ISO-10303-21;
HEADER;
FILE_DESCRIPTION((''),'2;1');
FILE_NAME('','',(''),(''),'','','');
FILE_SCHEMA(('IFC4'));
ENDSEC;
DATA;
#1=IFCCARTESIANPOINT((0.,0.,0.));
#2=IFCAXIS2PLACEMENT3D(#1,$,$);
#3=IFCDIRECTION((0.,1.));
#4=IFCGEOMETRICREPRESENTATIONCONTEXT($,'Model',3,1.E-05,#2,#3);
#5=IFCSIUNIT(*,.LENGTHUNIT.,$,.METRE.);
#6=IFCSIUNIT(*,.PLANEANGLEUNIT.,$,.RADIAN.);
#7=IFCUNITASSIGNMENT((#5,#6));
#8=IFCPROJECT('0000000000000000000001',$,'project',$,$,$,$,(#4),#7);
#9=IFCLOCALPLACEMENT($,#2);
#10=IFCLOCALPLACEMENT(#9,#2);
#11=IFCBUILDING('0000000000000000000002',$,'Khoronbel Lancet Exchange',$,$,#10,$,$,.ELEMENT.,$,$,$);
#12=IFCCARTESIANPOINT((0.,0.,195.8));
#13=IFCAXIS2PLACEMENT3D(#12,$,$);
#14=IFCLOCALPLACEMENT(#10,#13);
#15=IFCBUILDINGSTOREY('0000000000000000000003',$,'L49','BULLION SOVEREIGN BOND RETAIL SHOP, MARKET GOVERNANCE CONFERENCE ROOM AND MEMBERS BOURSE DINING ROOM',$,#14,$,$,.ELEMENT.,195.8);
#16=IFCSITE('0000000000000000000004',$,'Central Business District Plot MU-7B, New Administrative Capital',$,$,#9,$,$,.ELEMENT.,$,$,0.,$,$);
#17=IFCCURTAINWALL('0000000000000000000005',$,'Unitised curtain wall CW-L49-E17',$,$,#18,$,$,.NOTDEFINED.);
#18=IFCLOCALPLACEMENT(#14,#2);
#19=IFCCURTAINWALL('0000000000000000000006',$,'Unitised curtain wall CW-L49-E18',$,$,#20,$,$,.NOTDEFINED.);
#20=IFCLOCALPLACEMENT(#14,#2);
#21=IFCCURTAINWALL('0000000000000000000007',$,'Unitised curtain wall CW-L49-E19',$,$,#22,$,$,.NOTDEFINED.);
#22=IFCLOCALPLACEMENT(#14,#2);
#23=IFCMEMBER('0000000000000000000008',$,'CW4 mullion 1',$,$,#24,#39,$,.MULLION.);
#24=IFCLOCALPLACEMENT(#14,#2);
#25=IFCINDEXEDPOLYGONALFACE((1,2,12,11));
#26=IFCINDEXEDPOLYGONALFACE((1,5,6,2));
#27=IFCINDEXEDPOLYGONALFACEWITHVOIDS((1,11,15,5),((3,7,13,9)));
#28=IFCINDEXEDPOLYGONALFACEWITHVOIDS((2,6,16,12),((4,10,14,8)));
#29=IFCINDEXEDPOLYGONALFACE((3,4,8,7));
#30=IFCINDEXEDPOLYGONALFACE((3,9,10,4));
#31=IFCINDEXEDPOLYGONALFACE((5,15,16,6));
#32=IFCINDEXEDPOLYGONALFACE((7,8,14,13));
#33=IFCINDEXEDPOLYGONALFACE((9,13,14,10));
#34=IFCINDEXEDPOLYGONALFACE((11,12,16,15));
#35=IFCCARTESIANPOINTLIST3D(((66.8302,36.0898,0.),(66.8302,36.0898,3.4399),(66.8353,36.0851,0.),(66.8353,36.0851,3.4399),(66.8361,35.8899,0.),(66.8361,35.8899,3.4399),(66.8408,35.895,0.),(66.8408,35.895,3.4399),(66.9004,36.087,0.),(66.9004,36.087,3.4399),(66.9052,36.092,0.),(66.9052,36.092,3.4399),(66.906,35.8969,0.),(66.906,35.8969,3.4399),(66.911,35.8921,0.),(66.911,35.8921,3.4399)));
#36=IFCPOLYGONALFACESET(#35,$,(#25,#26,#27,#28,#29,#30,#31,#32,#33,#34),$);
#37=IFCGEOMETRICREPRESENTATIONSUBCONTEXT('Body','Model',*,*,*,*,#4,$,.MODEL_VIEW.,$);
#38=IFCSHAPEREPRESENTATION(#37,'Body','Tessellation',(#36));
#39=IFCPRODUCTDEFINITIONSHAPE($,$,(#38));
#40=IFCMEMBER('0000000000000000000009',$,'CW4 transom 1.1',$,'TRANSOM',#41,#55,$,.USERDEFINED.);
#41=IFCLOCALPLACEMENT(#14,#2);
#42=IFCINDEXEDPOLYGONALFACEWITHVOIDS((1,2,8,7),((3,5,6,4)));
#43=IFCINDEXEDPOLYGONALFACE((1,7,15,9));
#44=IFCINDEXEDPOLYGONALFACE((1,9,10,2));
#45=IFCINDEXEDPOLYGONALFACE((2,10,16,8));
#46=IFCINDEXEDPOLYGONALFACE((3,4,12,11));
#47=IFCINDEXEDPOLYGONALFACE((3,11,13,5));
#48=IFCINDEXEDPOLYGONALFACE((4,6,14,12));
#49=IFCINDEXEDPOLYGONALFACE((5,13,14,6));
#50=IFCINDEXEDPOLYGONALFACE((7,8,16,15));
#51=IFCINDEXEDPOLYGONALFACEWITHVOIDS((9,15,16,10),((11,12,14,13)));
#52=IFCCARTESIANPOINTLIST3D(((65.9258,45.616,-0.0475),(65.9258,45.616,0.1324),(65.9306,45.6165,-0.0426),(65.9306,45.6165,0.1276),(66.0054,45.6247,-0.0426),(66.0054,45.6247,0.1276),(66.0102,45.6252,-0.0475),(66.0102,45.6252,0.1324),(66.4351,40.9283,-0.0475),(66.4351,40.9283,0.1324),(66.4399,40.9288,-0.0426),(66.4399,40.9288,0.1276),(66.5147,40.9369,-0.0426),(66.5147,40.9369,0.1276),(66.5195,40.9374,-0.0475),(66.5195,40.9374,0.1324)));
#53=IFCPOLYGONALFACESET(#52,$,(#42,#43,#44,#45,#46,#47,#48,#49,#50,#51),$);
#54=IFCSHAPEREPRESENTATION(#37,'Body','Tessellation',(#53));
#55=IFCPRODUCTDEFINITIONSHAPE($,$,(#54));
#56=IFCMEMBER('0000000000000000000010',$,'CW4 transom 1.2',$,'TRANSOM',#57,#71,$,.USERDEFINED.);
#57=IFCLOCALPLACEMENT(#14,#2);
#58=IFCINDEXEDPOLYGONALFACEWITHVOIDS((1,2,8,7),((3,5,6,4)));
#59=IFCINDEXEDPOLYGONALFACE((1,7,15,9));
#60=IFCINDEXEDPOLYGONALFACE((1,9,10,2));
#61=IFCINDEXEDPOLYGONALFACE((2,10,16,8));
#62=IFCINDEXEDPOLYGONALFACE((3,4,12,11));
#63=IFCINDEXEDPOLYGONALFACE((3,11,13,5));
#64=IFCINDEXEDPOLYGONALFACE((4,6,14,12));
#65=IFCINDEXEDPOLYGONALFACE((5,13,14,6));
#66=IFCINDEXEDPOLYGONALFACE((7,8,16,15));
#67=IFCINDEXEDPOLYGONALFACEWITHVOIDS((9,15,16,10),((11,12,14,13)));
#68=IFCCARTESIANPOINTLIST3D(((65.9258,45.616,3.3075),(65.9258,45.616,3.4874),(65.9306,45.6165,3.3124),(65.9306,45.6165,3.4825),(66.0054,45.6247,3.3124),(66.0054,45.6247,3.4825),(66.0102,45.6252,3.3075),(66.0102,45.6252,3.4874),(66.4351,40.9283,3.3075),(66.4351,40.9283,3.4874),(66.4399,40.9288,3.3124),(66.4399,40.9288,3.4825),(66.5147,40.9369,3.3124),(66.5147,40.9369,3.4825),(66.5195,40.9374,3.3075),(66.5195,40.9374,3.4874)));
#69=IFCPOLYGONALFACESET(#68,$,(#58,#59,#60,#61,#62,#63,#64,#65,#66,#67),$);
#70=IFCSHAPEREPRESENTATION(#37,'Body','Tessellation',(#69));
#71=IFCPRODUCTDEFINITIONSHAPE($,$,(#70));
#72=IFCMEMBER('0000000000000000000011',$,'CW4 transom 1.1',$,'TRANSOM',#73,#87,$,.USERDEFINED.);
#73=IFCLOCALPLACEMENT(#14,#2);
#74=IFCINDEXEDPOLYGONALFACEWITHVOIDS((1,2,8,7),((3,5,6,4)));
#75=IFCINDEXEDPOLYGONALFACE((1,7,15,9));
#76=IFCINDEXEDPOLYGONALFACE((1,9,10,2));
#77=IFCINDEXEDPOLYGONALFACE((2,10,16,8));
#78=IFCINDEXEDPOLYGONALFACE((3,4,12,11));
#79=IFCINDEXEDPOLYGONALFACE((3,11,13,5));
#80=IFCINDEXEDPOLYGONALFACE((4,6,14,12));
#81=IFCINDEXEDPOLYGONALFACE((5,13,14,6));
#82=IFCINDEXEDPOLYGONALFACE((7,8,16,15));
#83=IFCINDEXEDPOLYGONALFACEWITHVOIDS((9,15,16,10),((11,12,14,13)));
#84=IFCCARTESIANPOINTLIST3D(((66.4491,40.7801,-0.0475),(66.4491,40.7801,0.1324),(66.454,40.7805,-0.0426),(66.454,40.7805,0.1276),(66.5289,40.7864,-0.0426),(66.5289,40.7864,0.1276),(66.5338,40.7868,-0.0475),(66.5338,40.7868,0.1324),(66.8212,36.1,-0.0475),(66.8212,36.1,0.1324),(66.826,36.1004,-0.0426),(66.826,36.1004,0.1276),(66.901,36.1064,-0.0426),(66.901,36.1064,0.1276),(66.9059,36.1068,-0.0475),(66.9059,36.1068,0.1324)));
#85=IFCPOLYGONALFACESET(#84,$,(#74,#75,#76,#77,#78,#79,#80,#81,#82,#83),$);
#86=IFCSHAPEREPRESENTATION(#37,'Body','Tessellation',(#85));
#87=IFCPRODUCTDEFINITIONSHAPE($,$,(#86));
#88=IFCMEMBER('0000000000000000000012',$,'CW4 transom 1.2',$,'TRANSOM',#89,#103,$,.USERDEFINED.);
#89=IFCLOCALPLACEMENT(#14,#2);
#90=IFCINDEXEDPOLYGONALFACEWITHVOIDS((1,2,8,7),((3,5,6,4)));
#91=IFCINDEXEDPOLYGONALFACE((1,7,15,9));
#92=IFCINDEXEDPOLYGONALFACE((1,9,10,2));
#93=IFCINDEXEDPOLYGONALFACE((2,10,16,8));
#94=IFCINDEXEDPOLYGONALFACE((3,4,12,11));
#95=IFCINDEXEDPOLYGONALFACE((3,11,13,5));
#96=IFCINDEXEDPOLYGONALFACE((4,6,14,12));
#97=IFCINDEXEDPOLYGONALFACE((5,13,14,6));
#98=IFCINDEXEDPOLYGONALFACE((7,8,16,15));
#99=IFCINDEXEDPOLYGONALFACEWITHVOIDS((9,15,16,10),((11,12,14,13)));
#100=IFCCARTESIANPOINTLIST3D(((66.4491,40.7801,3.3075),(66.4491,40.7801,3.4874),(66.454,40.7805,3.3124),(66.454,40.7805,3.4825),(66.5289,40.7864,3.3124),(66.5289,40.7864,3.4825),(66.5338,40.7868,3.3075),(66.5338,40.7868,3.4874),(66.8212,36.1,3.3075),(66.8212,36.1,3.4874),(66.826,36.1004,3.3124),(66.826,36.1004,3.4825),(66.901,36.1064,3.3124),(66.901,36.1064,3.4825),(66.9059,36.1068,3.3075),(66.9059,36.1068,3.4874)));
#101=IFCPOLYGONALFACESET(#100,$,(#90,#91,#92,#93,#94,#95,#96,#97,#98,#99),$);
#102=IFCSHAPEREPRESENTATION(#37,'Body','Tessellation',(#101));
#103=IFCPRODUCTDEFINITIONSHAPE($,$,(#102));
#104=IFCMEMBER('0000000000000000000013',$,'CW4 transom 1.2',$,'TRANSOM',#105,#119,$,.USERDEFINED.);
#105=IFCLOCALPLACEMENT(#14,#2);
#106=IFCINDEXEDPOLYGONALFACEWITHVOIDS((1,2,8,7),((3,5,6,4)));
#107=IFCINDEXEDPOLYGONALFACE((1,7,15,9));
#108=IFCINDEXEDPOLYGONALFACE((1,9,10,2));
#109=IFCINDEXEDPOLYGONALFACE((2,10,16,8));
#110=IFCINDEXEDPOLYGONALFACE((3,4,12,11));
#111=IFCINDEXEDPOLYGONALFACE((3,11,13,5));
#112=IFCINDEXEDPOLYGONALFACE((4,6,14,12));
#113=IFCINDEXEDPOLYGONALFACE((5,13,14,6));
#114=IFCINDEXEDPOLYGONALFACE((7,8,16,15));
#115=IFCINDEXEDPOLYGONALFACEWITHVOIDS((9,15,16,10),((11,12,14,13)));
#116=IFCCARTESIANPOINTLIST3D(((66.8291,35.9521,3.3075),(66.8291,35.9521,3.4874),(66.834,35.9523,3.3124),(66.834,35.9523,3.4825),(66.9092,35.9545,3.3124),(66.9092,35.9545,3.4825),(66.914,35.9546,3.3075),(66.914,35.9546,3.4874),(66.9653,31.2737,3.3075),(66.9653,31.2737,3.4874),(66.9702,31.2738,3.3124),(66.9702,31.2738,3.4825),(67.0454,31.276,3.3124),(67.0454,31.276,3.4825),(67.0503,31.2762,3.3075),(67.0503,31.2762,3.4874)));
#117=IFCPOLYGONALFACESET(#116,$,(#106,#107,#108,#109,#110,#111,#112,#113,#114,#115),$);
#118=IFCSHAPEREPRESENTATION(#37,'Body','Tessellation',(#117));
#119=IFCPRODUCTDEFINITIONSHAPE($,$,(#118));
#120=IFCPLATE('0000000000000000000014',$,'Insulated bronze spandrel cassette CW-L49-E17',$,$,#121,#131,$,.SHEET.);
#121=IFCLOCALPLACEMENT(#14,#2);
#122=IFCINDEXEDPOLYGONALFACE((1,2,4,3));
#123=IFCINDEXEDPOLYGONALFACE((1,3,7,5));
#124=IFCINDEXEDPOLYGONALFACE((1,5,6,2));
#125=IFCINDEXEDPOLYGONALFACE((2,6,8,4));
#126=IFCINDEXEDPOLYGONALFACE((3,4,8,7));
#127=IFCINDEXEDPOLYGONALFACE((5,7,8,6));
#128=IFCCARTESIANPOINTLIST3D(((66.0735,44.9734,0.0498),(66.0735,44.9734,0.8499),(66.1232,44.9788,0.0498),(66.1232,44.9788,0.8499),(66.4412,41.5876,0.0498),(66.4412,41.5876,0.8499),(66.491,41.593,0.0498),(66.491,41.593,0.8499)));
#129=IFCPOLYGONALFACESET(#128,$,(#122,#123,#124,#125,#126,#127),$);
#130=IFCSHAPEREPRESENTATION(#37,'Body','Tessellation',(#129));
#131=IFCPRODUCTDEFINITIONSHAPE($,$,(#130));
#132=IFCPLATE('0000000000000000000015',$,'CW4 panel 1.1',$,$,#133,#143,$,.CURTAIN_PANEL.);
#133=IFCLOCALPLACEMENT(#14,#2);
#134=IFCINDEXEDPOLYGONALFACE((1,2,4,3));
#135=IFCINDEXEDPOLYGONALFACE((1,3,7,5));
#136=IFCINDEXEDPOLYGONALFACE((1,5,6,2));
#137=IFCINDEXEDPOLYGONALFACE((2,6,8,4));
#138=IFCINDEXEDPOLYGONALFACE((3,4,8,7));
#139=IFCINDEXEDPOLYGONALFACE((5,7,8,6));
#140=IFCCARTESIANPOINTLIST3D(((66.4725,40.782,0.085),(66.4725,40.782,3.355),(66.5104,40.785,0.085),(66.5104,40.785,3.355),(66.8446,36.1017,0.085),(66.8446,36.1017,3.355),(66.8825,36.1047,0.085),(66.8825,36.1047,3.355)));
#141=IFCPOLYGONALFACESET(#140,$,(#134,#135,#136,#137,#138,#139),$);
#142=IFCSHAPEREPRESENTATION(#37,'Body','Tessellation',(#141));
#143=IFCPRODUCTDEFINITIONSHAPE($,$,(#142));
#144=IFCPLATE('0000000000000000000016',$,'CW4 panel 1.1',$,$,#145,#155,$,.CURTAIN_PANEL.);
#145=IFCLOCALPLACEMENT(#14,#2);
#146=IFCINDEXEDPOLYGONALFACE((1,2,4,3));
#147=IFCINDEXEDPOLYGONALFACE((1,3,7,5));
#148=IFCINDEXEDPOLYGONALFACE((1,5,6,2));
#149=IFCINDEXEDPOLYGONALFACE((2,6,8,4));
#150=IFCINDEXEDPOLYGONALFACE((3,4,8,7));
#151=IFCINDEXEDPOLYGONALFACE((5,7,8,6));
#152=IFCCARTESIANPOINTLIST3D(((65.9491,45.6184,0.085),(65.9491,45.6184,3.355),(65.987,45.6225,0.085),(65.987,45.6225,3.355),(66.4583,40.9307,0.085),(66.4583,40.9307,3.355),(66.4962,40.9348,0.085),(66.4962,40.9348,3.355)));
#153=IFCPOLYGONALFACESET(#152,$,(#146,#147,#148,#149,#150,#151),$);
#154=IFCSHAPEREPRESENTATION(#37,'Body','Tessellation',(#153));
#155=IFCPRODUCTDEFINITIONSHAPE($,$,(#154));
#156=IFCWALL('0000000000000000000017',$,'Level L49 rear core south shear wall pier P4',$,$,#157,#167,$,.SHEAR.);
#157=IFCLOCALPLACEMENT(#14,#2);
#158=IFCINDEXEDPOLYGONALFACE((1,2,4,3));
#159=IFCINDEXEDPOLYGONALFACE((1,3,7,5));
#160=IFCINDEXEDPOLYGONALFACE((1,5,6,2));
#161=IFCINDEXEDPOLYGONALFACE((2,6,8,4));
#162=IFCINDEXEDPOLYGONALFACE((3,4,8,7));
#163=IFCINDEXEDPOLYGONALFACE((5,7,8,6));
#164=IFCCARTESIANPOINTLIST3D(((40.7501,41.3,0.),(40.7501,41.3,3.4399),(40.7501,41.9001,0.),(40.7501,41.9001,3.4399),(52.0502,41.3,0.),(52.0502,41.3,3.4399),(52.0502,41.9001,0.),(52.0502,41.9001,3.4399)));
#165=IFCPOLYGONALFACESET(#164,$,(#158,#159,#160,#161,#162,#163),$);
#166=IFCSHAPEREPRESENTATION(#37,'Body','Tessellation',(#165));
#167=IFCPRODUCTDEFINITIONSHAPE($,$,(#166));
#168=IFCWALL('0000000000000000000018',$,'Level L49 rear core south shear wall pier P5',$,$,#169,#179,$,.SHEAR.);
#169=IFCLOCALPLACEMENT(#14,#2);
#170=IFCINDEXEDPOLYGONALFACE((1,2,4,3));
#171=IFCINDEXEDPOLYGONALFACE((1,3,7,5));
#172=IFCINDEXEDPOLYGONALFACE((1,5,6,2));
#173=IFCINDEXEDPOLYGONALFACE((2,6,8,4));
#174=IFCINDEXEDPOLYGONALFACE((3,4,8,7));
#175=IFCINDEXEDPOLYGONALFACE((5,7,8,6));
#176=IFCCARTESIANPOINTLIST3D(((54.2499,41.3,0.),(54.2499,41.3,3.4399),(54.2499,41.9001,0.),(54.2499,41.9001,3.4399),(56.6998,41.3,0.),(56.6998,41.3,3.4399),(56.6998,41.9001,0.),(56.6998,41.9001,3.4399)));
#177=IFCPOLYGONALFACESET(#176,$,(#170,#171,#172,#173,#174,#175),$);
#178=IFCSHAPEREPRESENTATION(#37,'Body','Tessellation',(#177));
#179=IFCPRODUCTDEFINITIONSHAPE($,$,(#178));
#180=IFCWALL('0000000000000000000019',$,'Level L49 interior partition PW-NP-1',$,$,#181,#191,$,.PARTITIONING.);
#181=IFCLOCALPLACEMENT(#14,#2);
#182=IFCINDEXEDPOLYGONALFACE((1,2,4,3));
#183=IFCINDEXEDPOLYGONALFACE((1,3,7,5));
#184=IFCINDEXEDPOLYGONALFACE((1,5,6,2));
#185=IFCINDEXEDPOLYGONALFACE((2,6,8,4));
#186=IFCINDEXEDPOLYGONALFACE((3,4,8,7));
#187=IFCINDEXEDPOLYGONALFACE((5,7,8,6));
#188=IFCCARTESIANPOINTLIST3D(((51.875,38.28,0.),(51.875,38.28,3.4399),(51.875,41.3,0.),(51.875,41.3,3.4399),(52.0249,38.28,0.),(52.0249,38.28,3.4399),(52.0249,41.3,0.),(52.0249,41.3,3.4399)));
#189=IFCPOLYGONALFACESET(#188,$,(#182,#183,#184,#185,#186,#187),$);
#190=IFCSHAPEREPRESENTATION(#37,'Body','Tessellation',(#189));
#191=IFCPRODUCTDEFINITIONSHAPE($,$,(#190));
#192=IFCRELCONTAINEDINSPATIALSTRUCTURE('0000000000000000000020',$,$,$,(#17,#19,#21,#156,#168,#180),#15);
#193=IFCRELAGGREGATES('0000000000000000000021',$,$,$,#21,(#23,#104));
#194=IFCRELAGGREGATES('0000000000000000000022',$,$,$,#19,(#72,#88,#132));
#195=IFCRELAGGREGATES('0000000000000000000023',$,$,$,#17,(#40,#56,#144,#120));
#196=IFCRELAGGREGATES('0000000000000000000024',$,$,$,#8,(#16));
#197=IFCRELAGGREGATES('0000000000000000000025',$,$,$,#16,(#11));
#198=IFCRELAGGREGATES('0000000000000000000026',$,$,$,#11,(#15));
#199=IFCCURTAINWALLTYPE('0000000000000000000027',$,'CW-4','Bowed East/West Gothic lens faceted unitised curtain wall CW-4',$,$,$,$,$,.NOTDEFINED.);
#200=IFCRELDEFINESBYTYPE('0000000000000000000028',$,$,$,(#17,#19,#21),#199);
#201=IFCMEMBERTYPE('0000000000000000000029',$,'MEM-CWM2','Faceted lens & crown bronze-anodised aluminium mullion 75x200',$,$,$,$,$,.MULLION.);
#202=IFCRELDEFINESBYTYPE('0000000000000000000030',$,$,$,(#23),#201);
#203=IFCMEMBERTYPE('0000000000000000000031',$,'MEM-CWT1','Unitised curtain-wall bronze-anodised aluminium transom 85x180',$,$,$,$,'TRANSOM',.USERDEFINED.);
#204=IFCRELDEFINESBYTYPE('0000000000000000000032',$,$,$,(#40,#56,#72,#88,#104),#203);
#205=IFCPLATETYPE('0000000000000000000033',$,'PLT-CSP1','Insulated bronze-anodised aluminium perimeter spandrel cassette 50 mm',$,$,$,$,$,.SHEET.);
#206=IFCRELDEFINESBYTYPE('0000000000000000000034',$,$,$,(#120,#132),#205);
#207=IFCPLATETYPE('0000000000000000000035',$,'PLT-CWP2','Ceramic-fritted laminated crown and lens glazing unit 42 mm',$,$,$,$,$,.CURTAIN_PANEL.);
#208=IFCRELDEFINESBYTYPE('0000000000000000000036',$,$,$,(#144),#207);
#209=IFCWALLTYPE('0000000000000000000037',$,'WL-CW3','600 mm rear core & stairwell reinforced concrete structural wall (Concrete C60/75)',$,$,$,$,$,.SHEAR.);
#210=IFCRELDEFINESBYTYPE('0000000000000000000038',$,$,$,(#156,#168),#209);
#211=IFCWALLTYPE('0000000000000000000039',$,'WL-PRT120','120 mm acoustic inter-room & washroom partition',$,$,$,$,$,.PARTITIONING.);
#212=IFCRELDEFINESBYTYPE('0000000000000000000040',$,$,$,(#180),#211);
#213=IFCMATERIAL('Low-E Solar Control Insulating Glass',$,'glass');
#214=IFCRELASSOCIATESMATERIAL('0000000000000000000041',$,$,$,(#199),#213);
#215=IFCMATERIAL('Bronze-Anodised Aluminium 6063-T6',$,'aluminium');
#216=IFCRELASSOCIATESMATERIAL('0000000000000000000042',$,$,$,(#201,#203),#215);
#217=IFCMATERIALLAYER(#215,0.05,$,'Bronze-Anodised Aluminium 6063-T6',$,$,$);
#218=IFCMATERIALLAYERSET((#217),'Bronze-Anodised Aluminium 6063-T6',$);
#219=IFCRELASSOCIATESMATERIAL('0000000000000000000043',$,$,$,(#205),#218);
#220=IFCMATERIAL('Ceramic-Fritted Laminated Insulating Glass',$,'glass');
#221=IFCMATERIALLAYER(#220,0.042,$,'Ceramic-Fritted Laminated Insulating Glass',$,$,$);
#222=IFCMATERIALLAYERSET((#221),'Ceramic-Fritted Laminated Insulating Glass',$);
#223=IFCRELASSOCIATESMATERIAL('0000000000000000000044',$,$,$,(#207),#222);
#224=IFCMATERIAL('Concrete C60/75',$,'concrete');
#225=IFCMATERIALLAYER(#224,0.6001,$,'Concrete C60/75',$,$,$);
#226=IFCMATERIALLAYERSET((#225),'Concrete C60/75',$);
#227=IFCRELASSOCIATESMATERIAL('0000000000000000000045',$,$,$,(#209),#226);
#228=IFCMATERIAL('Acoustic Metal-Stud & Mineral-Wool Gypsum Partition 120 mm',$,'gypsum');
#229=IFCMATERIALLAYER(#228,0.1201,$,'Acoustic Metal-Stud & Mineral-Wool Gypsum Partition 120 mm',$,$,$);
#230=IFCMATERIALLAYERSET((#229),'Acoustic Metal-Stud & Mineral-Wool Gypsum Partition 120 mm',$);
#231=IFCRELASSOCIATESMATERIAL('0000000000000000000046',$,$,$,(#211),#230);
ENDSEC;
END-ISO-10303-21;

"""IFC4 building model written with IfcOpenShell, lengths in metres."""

from ifc_helpers import new_model, si_unit, direction, frame, frame_2d, origin, origin_2d, place, context, subcontext, project, spatial, rectangle, hollow_rectangle, extrude, material, layer, layer_set, material_profile, profile_set, type_object, element, aggregate, save


model = new_model("IFC4")

# Units and contexts
model_context = context("Model", 3, precision=1e-05, world=origin(), true_north=direction((0.0, 1.0)))
body_context = subcontext(model_context, "Body", "Model", "MODEL_VIEW")
ifc_project = project(units=[si_unit("LENGTHUNIT", "METRE"), si_unit("PLANEANGLEUNIT", "RADIAN")], contexts=[model_context])

# Site, building, storey
site_placement = place(None, origin())
site = spatial("IfcSite", under=ifc_project, at=site_placement, Name="Central Business District Plot MU-7B, New Administrative Capital", CompositionType="ELEMENT", RefElevation=0.0)
building_placement = place(site_placement, origin())
building = spatial("IfcBuilding", under=site, at=building_placement, Name="Khoronbel Lancet Exchange", CompositionType="ELEMENT")
storey_placement = place(building_placement, frame((0.0, 0.0, 195.8)))
storey = spatial("IfcBuildingStorey", under=building, at=storey_placement, Name="L49", Description="BULLION SOVEREIGN BOND RETAIL SHOP, MARKET GOVERNANCE CONFERENCE ROOM AND MEMBERS BOURSE DINING ROOM", CompositionType="ELEMENT", Elevation=195.8)

# Shared definitions
ifc_material_1 = material(Name="Concrete C60/75", Category="concrete")

# Curtain walls
ifc_material_2 = material(Name="Low-E Solar Control Insulating Glass", Category="glass")
curtain_wall_type = type_object("IfcCurtainWallType", Name="CW-4", Description="Bowed East/West Gothic lens faceted unitised curtain wall CW-4", PredefinedType="NOTDEFINED", material=ifc_material_2)
curtain_wall_1_placement = place(storey_placement, origin())
curtain_wall_1 = element("IfcCurtainWall", 1, at=curtain_wall_1_placement, inside=storey, type_object=curtain_wall_type, Name="Unitised curtain wall CW-L49-E17", PredefinedType="NOTDEFINED")
ifc_material_3 = material(Name="Bronze-Anodised Aluminium 6063-T6", Category="aluminium")
ifc_material_profile_1 = material_profile(ifc_material_3, hollow_rectangle(XDim=0.075, YDim=0.2, WallThickness=0.0049, at=origin_2d()), Name="ALU MULLION 75x200")
ifc_profile_set_1 = profile_set([ifc_material_profile_1], Name="Bronze-Anodised Aluminium 6063-T6")
member_type_1 = type_object("IfcMemberType", Name="MEM-CWM2", Description="Faceted lens & crown bronze-anodised aluminium mullion 75x200", PredefinedType="MULLION", material=ifc_profile_set_1)
curtain_wall_2_placement = place(storey_placement, origin())
curtain_wall_2 = element("IfcCurtainWall", 2, at=curtain_wall_2_placement, inside=storey, type_object=curtain_wall_type, Name="Unitised curtain wall CW-L49-E18", PredefinedType="NOTDEFINED")

# Curtain wall, member
curtain_wall_3_placement = place(storey_placement, origin())
curtain_wall_3 = element("IfcCurtainWall", 3, at=curtain_wall_3_placement, inside=storey, type_object=curtain_wall_type, Name="Unitised curtain wall CW-L49-E19", PredefinedType="NOTDEFINED")
member_1_placement = place(storey_placement, frame((66.8706, 35.991, 0.0), z_axis=(0.0, 0.0, 1.0), x_axis=(0.999576, 0.029107, 0.0)))
member_1 = element("IfcMember", 4, at=member_1_placement, type_object=member_type_1, Name="CW4 mullion 1", PredefinedType="MULLION", context=body_context, shape_type="SweptSolid", body=[
    extrude(hollow_rectangle(XDim=0.075, YDim=0.2, WallThickness=0.0049, at=origin_2d()), origin(), (0.0, 0.0, 1.0), 3.4399),
])

# Members
ifc_material_profile_2 = material_profile(ifc_material_3, hollow_rectangle(XDim=0.085, YDim=0.1799, WallThickness=0.0049, at=origin_2d()), Name="ALU TRANSOM 85x180")
ifc_profile_set_2 = profile_set([ifc_material_profile_2], Name="Bronze-Anodised Aluminium 6063-T6")
member_type_2 = type_object("IfcMemberType", Name="MEM-CWT1", Description="Unitised curtain-wall bronze-anodised aluminium transom 85x180", ElementType="TRANSOM", PredefinedType="USERDEFINED", material=ifc_profile_set_2)
member_2_placement = place(storey_placement, frame((65.968, 45.6206, 0.0425), z_axis=(0.108005, -0.99415, 0.0), x_axis=(0.99415, 0.108005, 0.0)))
member_2 = element("IfcMember", 5, at=member_2_placement, type_object=member_type_2, Name="CW4 transom 1.1", ObjectType="TRANSOM", PredefinedType="USERDEFINED", context=body_context, shape_type="SweptSolid", body=[
    extrude(hollow_rectangle(XDim=0.085, YDim=0.1799, WallThickness=0.0049, at=origin_2d()), origin(), (0.0, 0.0, 1.0), 4.7153),
])
member_3_placement = place(storey_placement, frame((65.968, 45.6206, 3.3975), z_axis=(0.108005, -0.99415, 0.0), x_axis=(0.99415, 0.108005, 0.0)))
member_3 = element("IfcMember", 6, at=member_3_placement, type_object=member_type_2, Name="CW4 transom 1.2", ObjectType="TRANSOM", PredefinedType="USERDEFINED", context=body_context, shape_type="SweptSolid", body=[
    extrude(hollow_rectangle(XDim=0.085, YDim=0.1799, WallThickness=0.0049, at=origin_2d()), origin(), (0.0, 0.0, 1.0), 4.7153),
])
member_4_placement = place(storey_placement, frame((66.4915, 40.7834, 0.0425), z_axis=(0.079249, -0.996855, 0.0), x_axis=(0.996855, 0.079249, 0.0)))
member_4 = element("IfcMember", 7, at=member_4_placement, type_object=member_type_2, Name="CW4 transom 1.1", ObjectType="TRANSOM", PredefinedType="USERDEFINED", context=body_context, shape_type="SweptSolid", body=[
    extrude(hollow_rectangle(XDim=0.085, YDim=0.1799, WallThickness=0.0049, at=origin_2d()), origin(), (0.0, 0.0, 1.0), 4.6948),
])
member_5_placement = place(storey_placement, frame((66.4915, 40.7834, 3.3975), z_axis=(0.079249, -0.996855, 0.0), x_axis=(0.996855, 0.079249, 0.0)))
member_5 = element("IfcMember", 8, at=member_5_placement, type_object=member_type_2, Name="CW4 transom 1.2", ObjectType="TRANSOM", PredefinedType="USERDEFINED", context=body_context, shape_type="SweptSolid", body=[
    extrude(hollow_rectangle(XDim=0.085, YDim=0.1799, WallThickness=0.0049, at=origin_2d()), origin(), (0.0, 0.0, 1.0), 4.6948),
])
member_6_placement = place(storey_placement, frame((66.8716, 35.9534, 3.3975), z_axis=(0.029106, -0.999576, 0.0), x_axis=(0.999576, 0.029106, 0.0)))
member_6 = element("IfcMember", 9, at=member_6_placement, type_object=member_type_2, Name="CW4 transom 1.2", ObjectType="TRANSOM", PredefinedType="USERDEFINED", context=body_context, shape_type="SweptSolid", body=[
    extrude(hollow_rectangle(XDim=0.085, YDim=0.1799, WallThickness=0.0049, at=origin_2d()), origin(), (0.0, 0.0, 1.0), 4.6804),
])
aggregate(curtain_wall_3, [member_1, member_6])

# Plates
ifc_layer_1 = layer(ifc_material_3, 0.05, Name="Bronze-Anodised Aluminium 6063-T6")
ifc_layer_set_1 = layer_set([ifc_layer_1], Name="Bronze-Anodised Aluminium 6063-T6")
plate_type_1 = type_object("IfcPlateType", Name="PLT-CSP1", Description="Insulated bronze-anodised aluminium perimeter spandrel cassette 50 mm", PredefinedType="SHEET", material=ifc_layer_set_1)
plate_1_placement = place(storey_placement, frame((66.2822, 43.2832, 0.0498), z_axis=(0.0, 0.0, 1.0), x_axis=(0.10799, -0.994152, 0.0)))
plate_1 = element("IfcPlate", 10, at=plate_1_placement, type_object=plate_type_1, Name="Insulated bronze spandrel cassette CW-L49-E17", PredefinedType="SHEET", context=body_context, shape_type="SweptSolid", body=[
    extrude(rectangle(XDim=3.4058, YDim=0.05, at=origin_2d()), origin(), (0.0, 0.0, 1.0), 0.8),
])
plate_2_placement = place(storey_placement, frame((66.6775, 38.4434, 0.085), z_axis=(0.0, 0.0, 1.0), x_axis=(0.079255, -0.996854, 0.0)))
plate_2 = element("IfcPlate", 11, at=plate_2_placement, type_object=plate_type_1, Name="CW4 panel 1.1", PredefinedType="CURTAIN_PANEL", context=body_context, shape_type="SweptSolid", body=[
    extrude(rectangle(XDim=4.6951, YDim=0.0381, at=origin_2d()), origin(), (0.0, 0.0, 1.0), 3.27),
])
aggregate(curtain_wall_2, [member_4, member_5, plate_2])
ifc_material_4 = material(Name="Ceramic-Fritted Laminated Insulating Glass", Category="glass")
ifc_layer_2 = layer(ifc_material_4, 0.042, Name="Ceramic-Fritted Laminated Insulating Glass")
ifc_layer_set_2 = layer_set([ifc_layer_2], Name="Ceramic-Fritted Laminated Insulating Glass")
plate_type_2 = type_object("IfcPlateType", Name="PLT-CWP2", Description="Ceramic-fritted laminated crown and lens glazing unit 42 mm", PredefinedType="CURTAIN_PANEL", material=ifc_layer_set_2)
plate_3_placement = place(storey_placement, frame((66.2227, 43.2766, 0.085), z_axis=(0.0, 0.0, 1.0), x_axis=(0.10799, -0.994152, 0.0)))
plate_3 = element("IfcPlate", 12, at=plate_3_placement, type_object=plate_type_2, Name="CW4 panel 1.1", PredefinedType="CURTAIN_PANEL", context=body_context, shape_type="SweptSolid", body=[
    extrude(rectangle(XDim=4.7153, YDim=0.0381, at=origin_2d()), origin(), (0.0, 0.0, 1.0), 3.27),
])
aggregate(curtain_wall_1, [member_2, member_3, plate_3, plate_1])

# Walls
ifc_layer_3 = layer(ifc_material_1, 0.6001, Name="Concrete C60/75")
ifc_layer_set_3 = layer_set([ifc_layer_3], Name="Concrete C60/75")
wall_type_1 = type_object("IfcWallType", Name="WL-CW3", Description="600 mm rear core & stairwell reinforced concrete structural wall (Concrete C60/75)", PredefinedType="SHEAR", material=ifc_layer_set_3)
wall_1_placement = place(storey_placement, frame((52.05, 41.6001, 0.0), z_axis=(0.0, 0.0, 1.0), x_axis=(-1.0, 0.0, 0.0)))
element("IfcWall", 13, at=wall_1_placement, inside=storey, type_object=wall_type_1, Name="Level L49 rear core south shear wall pier P4", PredefinedType="SHEAR", context=body_context, shape_type="SweptSolid", body=[
    extrude(rectangle(XDim=11.3, YDim=0.6001, at=frame_2d((5.6499, 0.0))), origin(), (0.0, 0.0, 1.0), 3.4399),
])
wall_2_placement = place(storey_placement, frame((56.7, 41.6001, 0.0), z_axis=(0.0, 0.0, 1.0), x_axis=(-1.0, 0.0, 0.0)))
element("IfcWall", 14, at=wall_2_placement, inside=storey, type_object=wall_type_1, Name="Level L49 rear core south shear wall pier P5", PredefinedType="SHEAR", context=body_context, shape_type="SweptSolid", body=[
    extrude(rectangle(XDim=2.45, YDim=0.6001, at=frame_2d((1.2251, 0.0))), origin(), (0.0, 0.0, 1.0), 3.4399),
])
ifc_material_5 = material(Name="Acoustic Metal-Stud & Mineral-Wool Gypsum Partition 120 mm", Category="gypsum")
ifc_layer_4 = layer(ifc_material_5, 0.1201, Name="Acoustic Metal-Stud & Mineral-Wool Gypsum Partition 120 mm")
ifc_layer_set_4 = layer_set([ifc_layer_4], Name="Acoustic Metal-Stud & Mineral-Wool Gypsum Partition 120 mm")
wall_type_2 = type_object("IfcWallType", Name="WL-PRT120", Description="120 mm acoustic inter-room & washroom partition", PredefinedType="PARTITIONING", material=ifc_layer_set_4)
wall_3_placement = place(storey_placement, frame((51.95, 38.28, 0.0), z_axis=(0.0, 0.0, 1.0), x_axis=(0.0, 1.0, 0.0)))
element("IfcWall", 15, at=wall_3_placement, inside=storey, type_object=wall_type_2, Name="Level L49 interior partition PW-NP-1", PredefinedType="PARTITIONING", context=body_context, shape_type="SweptSolid", body=[
    extrude(rectangle(XDim=3.02, YDim=0.1499, at=frame_2d((1.51, 0.0))), origin(), (0.0, 0.0, 1.0), 3.4399),
])

save(model, "model.ifc")
